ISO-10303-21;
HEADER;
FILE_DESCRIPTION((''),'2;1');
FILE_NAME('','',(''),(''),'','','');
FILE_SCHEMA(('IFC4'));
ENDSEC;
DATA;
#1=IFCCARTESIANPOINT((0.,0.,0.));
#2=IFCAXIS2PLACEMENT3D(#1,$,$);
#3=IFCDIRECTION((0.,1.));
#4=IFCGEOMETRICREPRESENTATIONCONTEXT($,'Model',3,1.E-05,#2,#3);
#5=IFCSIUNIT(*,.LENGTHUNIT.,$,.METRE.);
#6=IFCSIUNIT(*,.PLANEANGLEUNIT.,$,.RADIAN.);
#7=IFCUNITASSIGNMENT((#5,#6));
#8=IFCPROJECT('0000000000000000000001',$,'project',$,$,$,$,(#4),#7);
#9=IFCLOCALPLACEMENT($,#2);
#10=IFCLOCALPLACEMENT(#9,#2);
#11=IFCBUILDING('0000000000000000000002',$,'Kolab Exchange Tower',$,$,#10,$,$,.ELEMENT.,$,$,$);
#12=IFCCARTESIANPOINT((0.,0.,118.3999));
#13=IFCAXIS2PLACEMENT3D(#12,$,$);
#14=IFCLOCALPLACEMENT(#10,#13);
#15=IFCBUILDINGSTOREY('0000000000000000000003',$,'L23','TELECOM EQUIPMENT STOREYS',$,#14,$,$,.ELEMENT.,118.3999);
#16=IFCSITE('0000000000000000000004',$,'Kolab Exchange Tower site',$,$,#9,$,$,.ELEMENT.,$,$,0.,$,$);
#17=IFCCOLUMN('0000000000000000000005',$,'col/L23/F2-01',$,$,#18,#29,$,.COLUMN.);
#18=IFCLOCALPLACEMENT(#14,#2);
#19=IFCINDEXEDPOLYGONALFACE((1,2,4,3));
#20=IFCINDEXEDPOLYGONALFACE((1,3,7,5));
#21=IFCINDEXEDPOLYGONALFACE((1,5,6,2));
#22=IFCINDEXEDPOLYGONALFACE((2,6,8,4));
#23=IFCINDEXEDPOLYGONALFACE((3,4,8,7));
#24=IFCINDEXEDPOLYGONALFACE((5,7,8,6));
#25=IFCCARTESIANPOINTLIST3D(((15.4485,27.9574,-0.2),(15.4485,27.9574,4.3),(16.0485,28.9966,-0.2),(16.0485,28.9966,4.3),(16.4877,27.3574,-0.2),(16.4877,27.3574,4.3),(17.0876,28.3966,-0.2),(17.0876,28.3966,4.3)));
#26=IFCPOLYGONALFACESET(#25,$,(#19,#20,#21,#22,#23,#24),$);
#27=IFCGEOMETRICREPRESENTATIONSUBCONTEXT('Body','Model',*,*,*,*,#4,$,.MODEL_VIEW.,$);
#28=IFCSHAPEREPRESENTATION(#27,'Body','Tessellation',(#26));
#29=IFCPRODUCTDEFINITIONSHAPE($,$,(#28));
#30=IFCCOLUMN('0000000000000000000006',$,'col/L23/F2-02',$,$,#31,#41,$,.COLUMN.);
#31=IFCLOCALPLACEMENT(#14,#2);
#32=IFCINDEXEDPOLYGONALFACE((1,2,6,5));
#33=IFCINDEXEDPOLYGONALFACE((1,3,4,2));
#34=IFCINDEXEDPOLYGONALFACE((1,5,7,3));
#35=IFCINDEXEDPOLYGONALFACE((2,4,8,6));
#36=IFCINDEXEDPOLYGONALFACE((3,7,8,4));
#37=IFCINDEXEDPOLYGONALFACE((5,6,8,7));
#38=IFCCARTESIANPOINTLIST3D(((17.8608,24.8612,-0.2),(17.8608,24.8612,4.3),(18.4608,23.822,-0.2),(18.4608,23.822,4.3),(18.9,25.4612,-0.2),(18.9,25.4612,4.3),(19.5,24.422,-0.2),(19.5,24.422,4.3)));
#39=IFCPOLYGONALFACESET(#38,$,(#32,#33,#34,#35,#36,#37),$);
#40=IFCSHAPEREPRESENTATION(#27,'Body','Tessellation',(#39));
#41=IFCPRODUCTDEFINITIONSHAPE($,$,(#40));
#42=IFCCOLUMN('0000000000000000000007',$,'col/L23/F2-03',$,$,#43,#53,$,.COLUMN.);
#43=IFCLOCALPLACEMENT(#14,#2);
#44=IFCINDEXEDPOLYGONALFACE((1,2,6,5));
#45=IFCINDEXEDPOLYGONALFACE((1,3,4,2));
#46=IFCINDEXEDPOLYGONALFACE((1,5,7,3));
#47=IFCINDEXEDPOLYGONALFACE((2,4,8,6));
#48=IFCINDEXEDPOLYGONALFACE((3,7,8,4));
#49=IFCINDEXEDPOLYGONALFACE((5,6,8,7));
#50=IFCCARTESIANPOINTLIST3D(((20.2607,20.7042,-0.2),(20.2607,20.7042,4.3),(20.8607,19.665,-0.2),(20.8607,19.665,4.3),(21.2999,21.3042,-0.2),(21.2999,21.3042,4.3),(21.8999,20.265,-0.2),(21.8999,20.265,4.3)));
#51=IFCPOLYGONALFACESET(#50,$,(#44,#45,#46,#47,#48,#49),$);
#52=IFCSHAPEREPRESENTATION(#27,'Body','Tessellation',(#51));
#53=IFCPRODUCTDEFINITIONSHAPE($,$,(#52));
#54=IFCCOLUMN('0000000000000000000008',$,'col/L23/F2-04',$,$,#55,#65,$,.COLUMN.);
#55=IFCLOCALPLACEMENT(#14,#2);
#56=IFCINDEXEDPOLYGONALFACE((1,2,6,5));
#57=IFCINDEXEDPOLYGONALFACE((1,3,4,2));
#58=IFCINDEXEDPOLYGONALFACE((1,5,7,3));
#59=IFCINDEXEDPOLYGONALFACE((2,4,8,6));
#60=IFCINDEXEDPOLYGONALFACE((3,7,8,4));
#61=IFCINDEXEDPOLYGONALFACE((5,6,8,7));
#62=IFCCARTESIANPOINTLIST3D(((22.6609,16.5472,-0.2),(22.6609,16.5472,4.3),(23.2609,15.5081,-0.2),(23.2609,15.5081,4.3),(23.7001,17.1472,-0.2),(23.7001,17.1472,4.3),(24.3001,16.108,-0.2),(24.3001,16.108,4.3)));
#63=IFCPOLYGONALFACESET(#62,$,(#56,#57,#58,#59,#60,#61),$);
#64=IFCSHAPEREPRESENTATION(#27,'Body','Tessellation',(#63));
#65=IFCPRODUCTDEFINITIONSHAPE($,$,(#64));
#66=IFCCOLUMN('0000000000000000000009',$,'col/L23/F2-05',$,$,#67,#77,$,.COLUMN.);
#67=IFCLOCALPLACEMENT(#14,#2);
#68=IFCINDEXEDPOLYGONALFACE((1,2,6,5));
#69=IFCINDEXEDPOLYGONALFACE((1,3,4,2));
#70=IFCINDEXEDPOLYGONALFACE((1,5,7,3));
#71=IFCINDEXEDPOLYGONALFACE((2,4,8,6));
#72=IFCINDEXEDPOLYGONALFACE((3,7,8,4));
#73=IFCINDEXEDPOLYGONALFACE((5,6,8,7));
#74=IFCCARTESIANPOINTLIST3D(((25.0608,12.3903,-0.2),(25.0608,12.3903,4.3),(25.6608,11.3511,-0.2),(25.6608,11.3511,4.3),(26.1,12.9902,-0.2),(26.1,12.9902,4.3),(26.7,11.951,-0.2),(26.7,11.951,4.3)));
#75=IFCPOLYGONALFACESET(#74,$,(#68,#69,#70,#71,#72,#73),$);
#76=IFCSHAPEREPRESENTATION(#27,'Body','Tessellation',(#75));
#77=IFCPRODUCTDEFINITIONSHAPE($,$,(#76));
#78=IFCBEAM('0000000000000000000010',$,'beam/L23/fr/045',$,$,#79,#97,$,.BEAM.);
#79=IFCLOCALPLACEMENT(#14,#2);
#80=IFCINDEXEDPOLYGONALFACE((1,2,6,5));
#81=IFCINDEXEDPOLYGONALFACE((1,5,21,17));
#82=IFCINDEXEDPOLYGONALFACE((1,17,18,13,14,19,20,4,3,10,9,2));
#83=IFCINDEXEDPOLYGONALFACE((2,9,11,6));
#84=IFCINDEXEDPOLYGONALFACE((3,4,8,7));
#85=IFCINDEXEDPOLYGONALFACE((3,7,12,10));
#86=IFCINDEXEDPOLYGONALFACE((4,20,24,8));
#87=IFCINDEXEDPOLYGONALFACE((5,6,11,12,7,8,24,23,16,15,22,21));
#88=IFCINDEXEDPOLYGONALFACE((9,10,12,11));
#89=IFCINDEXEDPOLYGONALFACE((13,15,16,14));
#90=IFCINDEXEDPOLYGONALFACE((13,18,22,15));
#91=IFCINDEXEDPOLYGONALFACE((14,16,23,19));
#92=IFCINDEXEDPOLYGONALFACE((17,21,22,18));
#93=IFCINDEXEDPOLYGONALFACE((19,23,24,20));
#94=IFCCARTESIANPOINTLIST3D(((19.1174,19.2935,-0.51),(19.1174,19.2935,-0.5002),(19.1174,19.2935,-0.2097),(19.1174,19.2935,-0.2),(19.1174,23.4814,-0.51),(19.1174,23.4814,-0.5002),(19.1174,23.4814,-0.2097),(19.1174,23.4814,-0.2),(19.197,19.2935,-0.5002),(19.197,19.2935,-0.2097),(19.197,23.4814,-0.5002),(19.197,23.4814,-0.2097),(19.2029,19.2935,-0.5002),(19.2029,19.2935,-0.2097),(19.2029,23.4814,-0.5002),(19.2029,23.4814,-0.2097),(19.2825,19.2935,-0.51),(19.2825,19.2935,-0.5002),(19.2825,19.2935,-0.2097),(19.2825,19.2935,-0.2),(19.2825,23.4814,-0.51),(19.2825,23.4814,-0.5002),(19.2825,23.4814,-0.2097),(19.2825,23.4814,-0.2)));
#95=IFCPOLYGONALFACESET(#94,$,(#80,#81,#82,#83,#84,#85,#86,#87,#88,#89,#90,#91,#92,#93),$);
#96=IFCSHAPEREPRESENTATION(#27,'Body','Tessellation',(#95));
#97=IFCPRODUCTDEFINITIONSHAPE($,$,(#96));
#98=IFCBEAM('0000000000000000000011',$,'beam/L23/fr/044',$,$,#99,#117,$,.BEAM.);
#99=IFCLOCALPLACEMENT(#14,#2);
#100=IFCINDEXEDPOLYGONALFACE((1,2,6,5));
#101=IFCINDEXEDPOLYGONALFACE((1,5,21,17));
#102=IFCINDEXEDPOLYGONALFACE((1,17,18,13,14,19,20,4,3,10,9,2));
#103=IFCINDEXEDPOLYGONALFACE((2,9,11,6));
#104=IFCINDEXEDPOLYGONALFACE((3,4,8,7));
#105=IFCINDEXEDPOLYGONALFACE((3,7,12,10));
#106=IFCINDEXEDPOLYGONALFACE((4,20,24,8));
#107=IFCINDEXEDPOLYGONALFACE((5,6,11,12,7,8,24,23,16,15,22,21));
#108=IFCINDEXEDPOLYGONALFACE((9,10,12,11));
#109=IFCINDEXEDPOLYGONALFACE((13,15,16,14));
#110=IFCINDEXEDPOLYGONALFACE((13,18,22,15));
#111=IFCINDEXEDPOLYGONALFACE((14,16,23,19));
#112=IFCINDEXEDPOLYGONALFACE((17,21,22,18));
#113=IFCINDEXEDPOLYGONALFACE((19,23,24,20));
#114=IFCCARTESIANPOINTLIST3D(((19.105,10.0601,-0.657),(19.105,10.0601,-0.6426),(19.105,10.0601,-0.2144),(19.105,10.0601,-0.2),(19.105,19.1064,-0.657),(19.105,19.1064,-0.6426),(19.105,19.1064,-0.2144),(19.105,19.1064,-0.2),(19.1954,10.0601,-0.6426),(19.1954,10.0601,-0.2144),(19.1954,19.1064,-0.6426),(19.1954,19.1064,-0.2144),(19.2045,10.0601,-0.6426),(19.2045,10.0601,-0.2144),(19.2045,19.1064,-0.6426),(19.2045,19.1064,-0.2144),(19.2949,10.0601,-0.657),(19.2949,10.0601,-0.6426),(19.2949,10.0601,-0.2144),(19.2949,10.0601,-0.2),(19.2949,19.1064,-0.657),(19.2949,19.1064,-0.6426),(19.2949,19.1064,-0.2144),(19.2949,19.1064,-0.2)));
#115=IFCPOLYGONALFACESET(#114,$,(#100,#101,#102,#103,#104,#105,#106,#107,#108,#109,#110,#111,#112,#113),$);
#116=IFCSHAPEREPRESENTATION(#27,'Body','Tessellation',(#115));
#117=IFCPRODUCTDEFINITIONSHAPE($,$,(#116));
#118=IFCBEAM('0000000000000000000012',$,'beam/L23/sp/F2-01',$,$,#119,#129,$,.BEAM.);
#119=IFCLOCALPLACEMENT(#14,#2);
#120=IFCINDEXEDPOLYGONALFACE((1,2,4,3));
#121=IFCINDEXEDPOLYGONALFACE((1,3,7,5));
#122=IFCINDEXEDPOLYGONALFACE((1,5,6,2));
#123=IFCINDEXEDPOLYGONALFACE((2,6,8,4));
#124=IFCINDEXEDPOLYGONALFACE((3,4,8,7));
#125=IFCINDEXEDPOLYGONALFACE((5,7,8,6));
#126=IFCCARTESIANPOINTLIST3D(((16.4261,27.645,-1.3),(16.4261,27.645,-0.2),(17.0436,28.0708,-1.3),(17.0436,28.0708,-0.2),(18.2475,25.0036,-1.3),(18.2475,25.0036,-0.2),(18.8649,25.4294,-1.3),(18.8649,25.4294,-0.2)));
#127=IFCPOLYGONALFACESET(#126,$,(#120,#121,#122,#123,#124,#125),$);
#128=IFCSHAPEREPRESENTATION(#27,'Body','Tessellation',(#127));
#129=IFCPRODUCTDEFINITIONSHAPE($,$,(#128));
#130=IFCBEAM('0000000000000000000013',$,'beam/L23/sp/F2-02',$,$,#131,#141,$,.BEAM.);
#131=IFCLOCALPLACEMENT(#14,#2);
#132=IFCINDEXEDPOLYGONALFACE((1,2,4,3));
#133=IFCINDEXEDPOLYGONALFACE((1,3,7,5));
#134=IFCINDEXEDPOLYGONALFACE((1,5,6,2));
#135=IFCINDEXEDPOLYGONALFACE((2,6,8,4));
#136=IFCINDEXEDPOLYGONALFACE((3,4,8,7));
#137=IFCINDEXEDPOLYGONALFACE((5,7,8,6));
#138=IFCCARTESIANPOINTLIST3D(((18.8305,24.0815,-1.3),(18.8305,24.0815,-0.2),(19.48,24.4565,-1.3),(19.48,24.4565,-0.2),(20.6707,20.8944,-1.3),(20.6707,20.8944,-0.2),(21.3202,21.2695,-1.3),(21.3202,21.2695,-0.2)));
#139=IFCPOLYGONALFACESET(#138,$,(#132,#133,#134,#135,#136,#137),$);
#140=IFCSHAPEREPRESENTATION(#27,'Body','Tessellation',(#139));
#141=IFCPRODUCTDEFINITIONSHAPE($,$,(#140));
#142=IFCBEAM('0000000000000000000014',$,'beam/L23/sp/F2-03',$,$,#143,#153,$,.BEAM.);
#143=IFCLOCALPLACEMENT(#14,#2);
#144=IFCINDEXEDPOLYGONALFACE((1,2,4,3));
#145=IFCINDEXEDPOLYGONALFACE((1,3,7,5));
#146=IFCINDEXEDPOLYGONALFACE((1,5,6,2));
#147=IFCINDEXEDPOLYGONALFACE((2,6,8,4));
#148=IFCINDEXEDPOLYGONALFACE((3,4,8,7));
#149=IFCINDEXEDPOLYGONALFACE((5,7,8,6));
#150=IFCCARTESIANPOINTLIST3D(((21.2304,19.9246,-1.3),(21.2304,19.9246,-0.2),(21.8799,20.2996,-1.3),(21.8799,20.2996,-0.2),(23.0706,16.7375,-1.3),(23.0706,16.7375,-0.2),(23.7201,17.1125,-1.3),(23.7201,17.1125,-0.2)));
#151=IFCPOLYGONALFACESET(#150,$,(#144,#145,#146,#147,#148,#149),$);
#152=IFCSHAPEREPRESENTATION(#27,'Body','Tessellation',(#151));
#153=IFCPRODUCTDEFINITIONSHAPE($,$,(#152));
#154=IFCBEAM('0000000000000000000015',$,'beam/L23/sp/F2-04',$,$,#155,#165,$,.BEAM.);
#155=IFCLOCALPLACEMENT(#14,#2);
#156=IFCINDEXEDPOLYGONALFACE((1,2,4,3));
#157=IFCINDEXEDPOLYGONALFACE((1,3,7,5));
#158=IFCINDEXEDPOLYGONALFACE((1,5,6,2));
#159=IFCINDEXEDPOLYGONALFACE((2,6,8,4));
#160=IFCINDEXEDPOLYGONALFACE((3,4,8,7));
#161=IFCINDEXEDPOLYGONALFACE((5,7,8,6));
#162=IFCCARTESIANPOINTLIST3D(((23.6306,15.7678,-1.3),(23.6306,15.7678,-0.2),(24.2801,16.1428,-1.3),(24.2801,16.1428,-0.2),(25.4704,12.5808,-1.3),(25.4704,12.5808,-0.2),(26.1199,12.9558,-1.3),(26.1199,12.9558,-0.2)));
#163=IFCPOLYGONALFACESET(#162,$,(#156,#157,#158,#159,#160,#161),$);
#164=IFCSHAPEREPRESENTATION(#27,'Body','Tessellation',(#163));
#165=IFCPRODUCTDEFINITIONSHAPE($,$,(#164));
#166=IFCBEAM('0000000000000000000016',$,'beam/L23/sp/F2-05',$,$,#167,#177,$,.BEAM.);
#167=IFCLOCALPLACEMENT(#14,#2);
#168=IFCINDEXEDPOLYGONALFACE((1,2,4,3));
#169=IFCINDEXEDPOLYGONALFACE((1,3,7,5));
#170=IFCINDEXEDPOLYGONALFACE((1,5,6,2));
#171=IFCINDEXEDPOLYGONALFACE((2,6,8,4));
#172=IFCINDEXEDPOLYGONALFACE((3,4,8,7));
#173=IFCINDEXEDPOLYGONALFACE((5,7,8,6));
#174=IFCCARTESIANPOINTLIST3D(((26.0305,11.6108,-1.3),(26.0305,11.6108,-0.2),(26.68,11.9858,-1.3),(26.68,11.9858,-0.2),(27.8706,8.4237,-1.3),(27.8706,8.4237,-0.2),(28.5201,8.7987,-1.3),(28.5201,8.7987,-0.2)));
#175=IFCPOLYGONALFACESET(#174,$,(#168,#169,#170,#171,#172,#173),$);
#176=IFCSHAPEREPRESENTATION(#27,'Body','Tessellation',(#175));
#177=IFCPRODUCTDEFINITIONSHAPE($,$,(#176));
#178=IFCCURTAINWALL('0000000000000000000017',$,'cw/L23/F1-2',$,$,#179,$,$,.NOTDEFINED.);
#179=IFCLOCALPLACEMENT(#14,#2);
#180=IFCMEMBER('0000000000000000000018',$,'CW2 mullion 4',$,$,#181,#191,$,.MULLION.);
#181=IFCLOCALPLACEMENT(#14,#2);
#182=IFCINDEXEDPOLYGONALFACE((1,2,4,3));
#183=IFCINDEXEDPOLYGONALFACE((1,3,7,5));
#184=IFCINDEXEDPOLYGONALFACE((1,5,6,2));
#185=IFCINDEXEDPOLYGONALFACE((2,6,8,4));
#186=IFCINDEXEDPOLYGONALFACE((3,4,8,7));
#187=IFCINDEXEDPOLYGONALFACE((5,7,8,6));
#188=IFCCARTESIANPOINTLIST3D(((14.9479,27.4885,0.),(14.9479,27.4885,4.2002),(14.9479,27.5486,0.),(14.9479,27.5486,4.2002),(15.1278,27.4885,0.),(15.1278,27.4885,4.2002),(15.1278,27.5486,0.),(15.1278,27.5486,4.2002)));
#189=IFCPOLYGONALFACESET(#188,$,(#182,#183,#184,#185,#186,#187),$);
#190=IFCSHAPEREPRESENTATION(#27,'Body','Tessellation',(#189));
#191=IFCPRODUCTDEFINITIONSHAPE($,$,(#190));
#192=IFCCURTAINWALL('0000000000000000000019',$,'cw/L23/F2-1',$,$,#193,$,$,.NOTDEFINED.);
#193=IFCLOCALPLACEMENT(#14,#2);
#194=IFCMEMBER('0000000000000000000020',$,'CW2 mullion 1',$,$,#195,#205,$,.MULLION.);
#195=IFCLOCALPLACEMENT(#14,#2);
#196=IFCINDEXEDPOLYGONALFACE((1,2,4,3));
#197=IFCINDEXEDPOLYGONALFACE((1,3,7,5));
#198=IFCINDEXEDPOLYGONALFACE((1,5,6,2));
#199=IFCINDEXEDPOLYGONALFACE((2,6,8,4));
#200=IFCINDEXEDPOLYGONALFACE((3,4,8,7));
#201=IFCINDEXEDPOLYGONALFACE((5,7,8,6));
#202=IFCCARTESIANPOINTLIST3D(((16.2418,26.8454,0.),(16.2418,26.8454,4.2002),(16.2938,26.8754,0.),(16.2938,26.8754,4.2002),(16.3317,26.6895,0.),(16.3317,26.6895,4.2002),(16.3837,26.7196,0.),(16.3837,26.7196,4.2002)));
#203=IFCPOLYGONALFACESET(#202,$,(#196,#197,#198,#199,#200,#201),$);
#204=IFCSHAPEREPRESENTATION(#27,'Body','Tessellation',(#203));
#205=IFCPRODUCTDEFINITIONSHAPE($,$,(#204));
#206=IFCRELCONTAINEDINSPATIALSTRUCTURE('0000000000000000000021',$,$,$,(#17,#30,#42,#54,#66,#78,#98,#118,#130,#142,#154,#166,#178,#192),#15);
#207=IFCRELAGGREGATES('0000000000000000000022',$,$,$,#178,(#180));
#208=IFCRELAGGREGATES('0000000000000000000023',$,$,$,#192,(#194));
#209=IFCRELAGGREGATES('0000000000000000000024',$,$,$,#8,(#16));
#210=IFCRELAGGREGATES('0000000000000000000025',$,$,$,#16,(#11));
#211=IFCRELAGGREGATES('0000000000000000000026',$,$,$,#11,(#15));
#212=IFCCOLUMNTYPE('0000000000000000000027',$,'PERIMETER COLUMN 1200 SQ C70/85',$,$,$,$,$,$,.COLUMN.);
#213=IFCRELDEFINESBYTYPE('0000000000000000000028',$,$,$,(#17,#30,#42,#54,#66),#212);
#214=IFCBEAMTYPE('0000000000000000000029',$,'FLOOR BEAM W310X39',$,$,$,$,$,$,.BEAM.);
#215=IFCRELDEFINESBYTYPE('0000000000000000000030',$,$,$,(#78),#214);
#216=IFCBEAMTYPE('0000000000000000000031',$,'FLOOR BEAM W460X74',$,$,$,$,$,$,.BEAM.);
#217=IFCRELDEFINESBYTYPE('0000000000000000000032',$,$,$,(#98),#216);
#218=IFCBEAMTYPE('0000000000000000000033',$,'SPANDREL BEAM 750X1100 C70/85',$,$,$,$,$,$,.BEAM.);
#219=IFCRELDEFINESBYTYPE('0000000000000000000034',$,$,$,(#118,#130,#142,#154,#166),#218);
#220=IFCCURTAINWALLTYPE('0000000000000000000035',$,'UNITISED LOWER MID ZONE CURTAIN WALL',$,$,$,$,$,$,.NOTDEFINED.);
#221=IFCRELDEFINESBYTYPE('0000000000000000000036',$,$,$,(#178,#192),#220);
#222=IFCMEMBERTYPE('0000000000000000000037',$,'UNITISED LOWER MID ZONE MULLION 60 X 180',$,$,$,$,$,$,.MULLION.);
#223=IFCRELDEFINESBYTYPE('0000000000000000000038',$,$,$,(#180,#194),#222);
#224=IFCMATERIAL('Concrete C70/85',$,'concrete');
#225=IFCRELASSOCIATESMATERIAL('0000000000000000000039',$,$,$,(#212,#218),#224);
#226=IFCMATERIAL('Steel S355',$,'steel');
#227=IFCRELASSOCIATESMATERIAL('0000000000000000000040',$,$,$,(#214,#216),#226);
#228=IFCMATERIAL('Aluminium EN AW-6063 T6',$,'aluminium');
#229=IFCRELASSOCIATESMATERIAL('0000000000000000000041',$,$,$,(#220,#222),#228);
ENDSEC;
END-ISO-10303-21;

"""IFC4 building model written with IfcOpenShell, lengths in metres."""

from ifc_helpers import new_model, si_unit, direction, frame, origin, origin_2d, place, context, subcontext, project, spatial, rectangle, i_section, extrude, material, material_profile, profile_set, type_object, element, aggregate, save


model = new_model("IFC4")

# Units and contexts
model_context = context("Model", 3, precision=1e-05, world=origin(), true_north=direction((0.0, 1.0)))
body_context = subcontext(model_context, "Body", "Model", "MODEL_VIEW")
ifc_project = project(units=[si_unit("LENGTHUNIT", "METRE"), si_unit("PLANEANGLEUNIT", "RADIAN")], contexts=[model_context])

# Site, building, storey
site_placement = place(None, origin())
site = spatial("IfcSite", under=ifc_project, at=site_placement, Name="Kolab Exchange Tower site", CompositionType="ELEMENT", RefElevation=0.0)
building_placement = place(site_placement, origin())
building = spatial("IfcBuilding", under=site, at=building_placement, Name="Kolab Exchange Tower", CompositionType="ELEMENT")
storey_placement = place(building_placement, frame((0.0, 0.0, 118.3999)))
storey = spatial("IfcBuildingStorey", under=building, at=storey_placement, Name="L23", Description="TELECOM EQUIPMENT STOREYS", CompositionType="ELEMENT", Elevation=118.3999)

# Columns
ifc_material_1 = material(Name="Concrete C70/85", Category="concrete")
ifc_material_profile_1 = material_profile(ifc_material_1, rectangle(XDim=1.2, YDim=1.2, at=origin_2d()), Name="RC1200")
ifc_profile_set_1 = profile_set([ifc_material_profile_1], Name="Concrete C70/85")
column_type = type_object("IfcColumnType", Name="PERIMETER COLUMN 1200 SQ C70/85", PredefinedType="COLUMN", material=ifc_profile_set_1)
for number, where, z_axis, x_axis, name in (
    (1, (16.2681, 28.177, -0.2), (0.0, 0.0, 1.0), (0.5, 0.866025, 0.0), "col/L23/F2-01"),
    (2, (18.6804, 24.6416, -0.2), (0.0, 0.0, 1.0), (0.866025, 0.5, 0.0), "col/L23/F2-02"),
    (3, (21.0803, 20.4846, -0.2), (0.0, 0.0, 1.0), (0.866025, 0.5, 0.0), "col/L23/F2-03"),
    (4, (23.4805, 16.3276, -0.2), (0.0, 0.0, 1.0), (0.866025, 0.5, 0.0), "col/L23/F2-04"),
    (5, (25.8804, 12.1707, -0.2), (0.0, 0.0, 1.0), (0.866025, 0.5, 0.0), "col/L23/F2-05"),
):
    element("IfcColumn", number, at=place(storey_placement, frame(where, z_axis=z_axis, x_axis=x_axis)), inside=storey, type_object=column_type, Name=name, PredefinedType="COLUMN", context=body_context, shape_type="SweptSolid", body=[
        extrude(rectangle(XDim=1.2, YDim=1.2, at=origin_2d()), origin(), (0.0, 0.0, 1.0), 4.5),
    ])

# Beams
ifc_material_2 = material(Name="Steel S355", Category="steel")
ifc_material_profile_2 = material_profile(ifc_material_2, i_section(OverallWidth=0.165, OverallDepth=0.3101, WebThickness=0.0059, FlangeThickness=0.0098, at=origin_2d()), Name="W310X39")
ifc_profile_set_2 = profile_set([ifc_material_profile_2], Name="Steel S355")
beam_type_1 = type_object("IfcBeamType", Name="FLOOR BEAM W310X39", PredefinedType="BEAM", material=ifc_profile_set_2)
beam_1_placement = place(storey_placement, frame((19.2, 19.2935, -0.355), z_axis=(0.0, 1.0, 0.0), x_axis=(-1.0, 0.0, 0.0)))
element("IfcBeam", 6, at=beam_1_placement, inside=storey, type_object=beam_type_1, Name="beam/L23/fr/045", PredefinedType="BEAM", context=body_context, shape_type="SweptSolid", body=[
    extrude(i_section(OverallWidth=0.165, OverallDepth=0.3101, WebThickness=0.0059, FlangeThickness=0.0098, at=origin_2d()), origin(), (0.0, 0.0, 1.0), 4.188),
])
ifc_material_profile_3 = material_profile(ifc_material_2, i_section(OverallWidth=0.1899, OverallDepth=0.457, WebThickness=0.009, FlangeThickness=0.0144, at=origin_2d()), Name="W460X74")
ifc_profile_set_3 = profile_set([ifc_material_profile_3], Name="Steel S355")
beam_type_2 = type_object("IfcBeamType", Name="FLOOR BEAM W460X74", PredefinedType="BEAM", material=ifc_profile_set_3)
beam_2_placement = place(storey_placement, frame((19.2, 10.0601, -0.4285), z_axis=(0.0, 1.0, 0.0), x_axis=(-1.0, 0.0, 0.0)))
element("IfcBeam", 7, at=beam_2_placement, inside=storey, type_object=beam_type_2, Name="beam/L23/fr/044", PredefinedType="BEAM", context=body_context, shape_type="SweptSolid", body=[
    extrude(i_section(OverallWidth=0.1899, OverallDepth=0.457, WebThickness=0.009, FlangeThickness=0.0144, at=origin_2d()), origin(), (0.0, 0.0, 1.0), 9.0464),
])
ifc_material_profile_4 = material_profile(ifc_material_1, rectangle(XDim=0.75, YDim=1.1001, at=origin_2d()), Name="RC750X1100")
ifc_profile_set_4 = profile_set([ifc_material_profile_4], Name="Concrete C70/85")
beam_type_3 = type_object("IfcBeamType", Name="SPANDREL BEAM 750X1100 C70/85", PredefinedType="BEAM", material=ifc_profile_set_4)
beam_3_placement = place(storey_placement, frame((16.7349, 27.8579, -0.75), z_axis=(0.567662, -0.823262, 0.0), x_axis=(0.823262, 0.567662, 0.0)))
element("IfcBeam", 8, at=beam_3_placement, inside=storey, type_object=beam_type_3, Name="beam/L23/sp/F2-01", PredefinedType="BEAM", context=body_context, shape_type="SweptSolid", body=[
    extrude(rectangle(XDim=0.75, YDim=1.1001, at=origin_2d()), origin(), (0.0, 0.0, 1.0), 3.2085),
])
for number, where, z_axis, x_axis, name in (
    (9, (19.1553, 24.269, -0.75), (0.500013, -0.866018, 0.0), (0.866018, 0.500013, 0.0), "beam/L23/sp/F2-02"),
    (10, (21.5552, 20.1121, -0.75), (0.500013, -0.866018, 0.0), (0.866018, 0.500013, 0.0), "beam/L23/sp/F2-03"),
):
    element("IfcBeam", number, at=place(storey_placement, frame(where, z_axis=z_axis, x_axis=x_axis)), inside=storey, type_object=beam_type_3, Name=name, PredefinedType="BEAM", context=body_context, shape_type="SweptSolid", body=[
        extrude(rectangle(XDim=0.75, YDim=1.1001, at=origin_2d()), origin(), (0.0, 0.0, 1.0), 3.6802),
    ])
beam_4_placement = place(storey_placement, frame((23.9553, 15.9553, -0.75), z_axis=(0.499964, -0.866046, 0.0), x_axis=(0.866046, 0.499964, 0.0)))
element("IfcBeam", 11, at=beam_4_placement, inside=storey, type_object=beam_type_3, Name="beam/L23/sp/F2-04", PredefinedType="BEAM", context=body_context, shape_type="SweptSolid", body=[
    extrude(rectangle(XDim=0.75, YDim=1.1001, at=origin_2d()), origin(), (0.0, 0.0, 1.0), 3.6799),
])
beam_5_placement = place(storey_placement, frame((26.3552, 11.7983, -0.75), z_axis=(0.500013, -0.866018, 0.0), x_axis=(0.866018, 0.500013, 0.0)))
element("IfcBeam", 12, at=beam_5_placement, inside=storey, type_object=beam_type_3, Name="beam/L23/sp/F2-05", PredefinedType="BEAM", context=body_context, shape_type="SweptSolid", body=[
    extrude(rectangle(XDim=0.75, YDim=1.1001, at=origin_2d()), origin(), (0.0, 0.0, 1.0), 3.6802),
])

# Curtain wall, member
ifc_material_3 = material(Name="Aluminium EN AW-6063 T6", Category="aluminium")
curtain_wall_type = type_object("IfcCurtainWallType", Name="UNITISED LOWER MID ZONE CURTAIN WALL", PredefinedType="NOTDEFINED", material=ifc_material_3)
curtain_wall_1_placement = place(storey_placement, origin())
curtain_wall_1 = element("IfcCurtainWall", 13, at=curtain_wall_1_placement, inside=storey, type_object=curtain_wall_type, Name="cw/L23/F1-2", PredefinedType="NOTDEFINED")
ifc_material_profile_5 = material_profile(ifc_material_3, rectangle(XDim=0.0601, YDim=0.1799, at=origin_2d()), Name="RECT 60X180")
ifc_profile_set_5 = profile_set([ifc_material_profile_5], Name="Aluminium EN AW-6063 T6")
member_type_1 = type_object("IfcMemberType", Name="UNITISED LOWER MID ZONE MULLION 60 X 180", PredefinedType="MULLION", material=ifc_profile_set_5)
member_1_placement = place(storey_placement, frame((15.0378, 27.5186, 0.0), z_axis=(0.0, 0.0, 1.0), x_axis=(0.0, 1.0, 0.0)))
member_1 = element("IfcMember", 14, at=member_1_placement, type_object=member_type_1, Name="CW2 mullion 4", PredefinedType="MULLION", context=body_context, shape_type="SweptSolid", body=[
    extrude(rectangle(XDim=0.0601, YDim=0.1799, at=origin_2d()), origin(), (0.0, 0.0, 1.0), 4.2002),
])
aggregate(curtain_wall_1, [member_1])

# Curtain wall, member
curtain_wall_2_placement = place(storey_placement, origin())
curtain_wall_2 = element("IfcCurtainWall", 15, at=curtain_wall_2_placement, inside=storey, type_object=curtain_wall_type, Name="cw/L23/F2-1", PredefinedType="NOTDEFINED")
member_2_placement = place(storey_placement, frame((16.3127, 26.7825, 0.0), z_axis=(0.0, 0.0, 1.0), x_axis=(0.866025, 0.5, 0.0)))
member_2 = element("IfcMember", 16, at=member_2_placement, type_object=member_type_1, Name="CW2 mullion 1", PredefinedType="MULLION", context=body_context, shape_type="SweptSolid", body=[
    extrude(rectangle(XDim=0.0601, YDim=0.1799, at=origin_2d()), origin(), (0.0, 0.0, 1.0), 4.2002),
])

aggregate(curtain_wall_2, [member_2])

save(model, "model.ifc")
